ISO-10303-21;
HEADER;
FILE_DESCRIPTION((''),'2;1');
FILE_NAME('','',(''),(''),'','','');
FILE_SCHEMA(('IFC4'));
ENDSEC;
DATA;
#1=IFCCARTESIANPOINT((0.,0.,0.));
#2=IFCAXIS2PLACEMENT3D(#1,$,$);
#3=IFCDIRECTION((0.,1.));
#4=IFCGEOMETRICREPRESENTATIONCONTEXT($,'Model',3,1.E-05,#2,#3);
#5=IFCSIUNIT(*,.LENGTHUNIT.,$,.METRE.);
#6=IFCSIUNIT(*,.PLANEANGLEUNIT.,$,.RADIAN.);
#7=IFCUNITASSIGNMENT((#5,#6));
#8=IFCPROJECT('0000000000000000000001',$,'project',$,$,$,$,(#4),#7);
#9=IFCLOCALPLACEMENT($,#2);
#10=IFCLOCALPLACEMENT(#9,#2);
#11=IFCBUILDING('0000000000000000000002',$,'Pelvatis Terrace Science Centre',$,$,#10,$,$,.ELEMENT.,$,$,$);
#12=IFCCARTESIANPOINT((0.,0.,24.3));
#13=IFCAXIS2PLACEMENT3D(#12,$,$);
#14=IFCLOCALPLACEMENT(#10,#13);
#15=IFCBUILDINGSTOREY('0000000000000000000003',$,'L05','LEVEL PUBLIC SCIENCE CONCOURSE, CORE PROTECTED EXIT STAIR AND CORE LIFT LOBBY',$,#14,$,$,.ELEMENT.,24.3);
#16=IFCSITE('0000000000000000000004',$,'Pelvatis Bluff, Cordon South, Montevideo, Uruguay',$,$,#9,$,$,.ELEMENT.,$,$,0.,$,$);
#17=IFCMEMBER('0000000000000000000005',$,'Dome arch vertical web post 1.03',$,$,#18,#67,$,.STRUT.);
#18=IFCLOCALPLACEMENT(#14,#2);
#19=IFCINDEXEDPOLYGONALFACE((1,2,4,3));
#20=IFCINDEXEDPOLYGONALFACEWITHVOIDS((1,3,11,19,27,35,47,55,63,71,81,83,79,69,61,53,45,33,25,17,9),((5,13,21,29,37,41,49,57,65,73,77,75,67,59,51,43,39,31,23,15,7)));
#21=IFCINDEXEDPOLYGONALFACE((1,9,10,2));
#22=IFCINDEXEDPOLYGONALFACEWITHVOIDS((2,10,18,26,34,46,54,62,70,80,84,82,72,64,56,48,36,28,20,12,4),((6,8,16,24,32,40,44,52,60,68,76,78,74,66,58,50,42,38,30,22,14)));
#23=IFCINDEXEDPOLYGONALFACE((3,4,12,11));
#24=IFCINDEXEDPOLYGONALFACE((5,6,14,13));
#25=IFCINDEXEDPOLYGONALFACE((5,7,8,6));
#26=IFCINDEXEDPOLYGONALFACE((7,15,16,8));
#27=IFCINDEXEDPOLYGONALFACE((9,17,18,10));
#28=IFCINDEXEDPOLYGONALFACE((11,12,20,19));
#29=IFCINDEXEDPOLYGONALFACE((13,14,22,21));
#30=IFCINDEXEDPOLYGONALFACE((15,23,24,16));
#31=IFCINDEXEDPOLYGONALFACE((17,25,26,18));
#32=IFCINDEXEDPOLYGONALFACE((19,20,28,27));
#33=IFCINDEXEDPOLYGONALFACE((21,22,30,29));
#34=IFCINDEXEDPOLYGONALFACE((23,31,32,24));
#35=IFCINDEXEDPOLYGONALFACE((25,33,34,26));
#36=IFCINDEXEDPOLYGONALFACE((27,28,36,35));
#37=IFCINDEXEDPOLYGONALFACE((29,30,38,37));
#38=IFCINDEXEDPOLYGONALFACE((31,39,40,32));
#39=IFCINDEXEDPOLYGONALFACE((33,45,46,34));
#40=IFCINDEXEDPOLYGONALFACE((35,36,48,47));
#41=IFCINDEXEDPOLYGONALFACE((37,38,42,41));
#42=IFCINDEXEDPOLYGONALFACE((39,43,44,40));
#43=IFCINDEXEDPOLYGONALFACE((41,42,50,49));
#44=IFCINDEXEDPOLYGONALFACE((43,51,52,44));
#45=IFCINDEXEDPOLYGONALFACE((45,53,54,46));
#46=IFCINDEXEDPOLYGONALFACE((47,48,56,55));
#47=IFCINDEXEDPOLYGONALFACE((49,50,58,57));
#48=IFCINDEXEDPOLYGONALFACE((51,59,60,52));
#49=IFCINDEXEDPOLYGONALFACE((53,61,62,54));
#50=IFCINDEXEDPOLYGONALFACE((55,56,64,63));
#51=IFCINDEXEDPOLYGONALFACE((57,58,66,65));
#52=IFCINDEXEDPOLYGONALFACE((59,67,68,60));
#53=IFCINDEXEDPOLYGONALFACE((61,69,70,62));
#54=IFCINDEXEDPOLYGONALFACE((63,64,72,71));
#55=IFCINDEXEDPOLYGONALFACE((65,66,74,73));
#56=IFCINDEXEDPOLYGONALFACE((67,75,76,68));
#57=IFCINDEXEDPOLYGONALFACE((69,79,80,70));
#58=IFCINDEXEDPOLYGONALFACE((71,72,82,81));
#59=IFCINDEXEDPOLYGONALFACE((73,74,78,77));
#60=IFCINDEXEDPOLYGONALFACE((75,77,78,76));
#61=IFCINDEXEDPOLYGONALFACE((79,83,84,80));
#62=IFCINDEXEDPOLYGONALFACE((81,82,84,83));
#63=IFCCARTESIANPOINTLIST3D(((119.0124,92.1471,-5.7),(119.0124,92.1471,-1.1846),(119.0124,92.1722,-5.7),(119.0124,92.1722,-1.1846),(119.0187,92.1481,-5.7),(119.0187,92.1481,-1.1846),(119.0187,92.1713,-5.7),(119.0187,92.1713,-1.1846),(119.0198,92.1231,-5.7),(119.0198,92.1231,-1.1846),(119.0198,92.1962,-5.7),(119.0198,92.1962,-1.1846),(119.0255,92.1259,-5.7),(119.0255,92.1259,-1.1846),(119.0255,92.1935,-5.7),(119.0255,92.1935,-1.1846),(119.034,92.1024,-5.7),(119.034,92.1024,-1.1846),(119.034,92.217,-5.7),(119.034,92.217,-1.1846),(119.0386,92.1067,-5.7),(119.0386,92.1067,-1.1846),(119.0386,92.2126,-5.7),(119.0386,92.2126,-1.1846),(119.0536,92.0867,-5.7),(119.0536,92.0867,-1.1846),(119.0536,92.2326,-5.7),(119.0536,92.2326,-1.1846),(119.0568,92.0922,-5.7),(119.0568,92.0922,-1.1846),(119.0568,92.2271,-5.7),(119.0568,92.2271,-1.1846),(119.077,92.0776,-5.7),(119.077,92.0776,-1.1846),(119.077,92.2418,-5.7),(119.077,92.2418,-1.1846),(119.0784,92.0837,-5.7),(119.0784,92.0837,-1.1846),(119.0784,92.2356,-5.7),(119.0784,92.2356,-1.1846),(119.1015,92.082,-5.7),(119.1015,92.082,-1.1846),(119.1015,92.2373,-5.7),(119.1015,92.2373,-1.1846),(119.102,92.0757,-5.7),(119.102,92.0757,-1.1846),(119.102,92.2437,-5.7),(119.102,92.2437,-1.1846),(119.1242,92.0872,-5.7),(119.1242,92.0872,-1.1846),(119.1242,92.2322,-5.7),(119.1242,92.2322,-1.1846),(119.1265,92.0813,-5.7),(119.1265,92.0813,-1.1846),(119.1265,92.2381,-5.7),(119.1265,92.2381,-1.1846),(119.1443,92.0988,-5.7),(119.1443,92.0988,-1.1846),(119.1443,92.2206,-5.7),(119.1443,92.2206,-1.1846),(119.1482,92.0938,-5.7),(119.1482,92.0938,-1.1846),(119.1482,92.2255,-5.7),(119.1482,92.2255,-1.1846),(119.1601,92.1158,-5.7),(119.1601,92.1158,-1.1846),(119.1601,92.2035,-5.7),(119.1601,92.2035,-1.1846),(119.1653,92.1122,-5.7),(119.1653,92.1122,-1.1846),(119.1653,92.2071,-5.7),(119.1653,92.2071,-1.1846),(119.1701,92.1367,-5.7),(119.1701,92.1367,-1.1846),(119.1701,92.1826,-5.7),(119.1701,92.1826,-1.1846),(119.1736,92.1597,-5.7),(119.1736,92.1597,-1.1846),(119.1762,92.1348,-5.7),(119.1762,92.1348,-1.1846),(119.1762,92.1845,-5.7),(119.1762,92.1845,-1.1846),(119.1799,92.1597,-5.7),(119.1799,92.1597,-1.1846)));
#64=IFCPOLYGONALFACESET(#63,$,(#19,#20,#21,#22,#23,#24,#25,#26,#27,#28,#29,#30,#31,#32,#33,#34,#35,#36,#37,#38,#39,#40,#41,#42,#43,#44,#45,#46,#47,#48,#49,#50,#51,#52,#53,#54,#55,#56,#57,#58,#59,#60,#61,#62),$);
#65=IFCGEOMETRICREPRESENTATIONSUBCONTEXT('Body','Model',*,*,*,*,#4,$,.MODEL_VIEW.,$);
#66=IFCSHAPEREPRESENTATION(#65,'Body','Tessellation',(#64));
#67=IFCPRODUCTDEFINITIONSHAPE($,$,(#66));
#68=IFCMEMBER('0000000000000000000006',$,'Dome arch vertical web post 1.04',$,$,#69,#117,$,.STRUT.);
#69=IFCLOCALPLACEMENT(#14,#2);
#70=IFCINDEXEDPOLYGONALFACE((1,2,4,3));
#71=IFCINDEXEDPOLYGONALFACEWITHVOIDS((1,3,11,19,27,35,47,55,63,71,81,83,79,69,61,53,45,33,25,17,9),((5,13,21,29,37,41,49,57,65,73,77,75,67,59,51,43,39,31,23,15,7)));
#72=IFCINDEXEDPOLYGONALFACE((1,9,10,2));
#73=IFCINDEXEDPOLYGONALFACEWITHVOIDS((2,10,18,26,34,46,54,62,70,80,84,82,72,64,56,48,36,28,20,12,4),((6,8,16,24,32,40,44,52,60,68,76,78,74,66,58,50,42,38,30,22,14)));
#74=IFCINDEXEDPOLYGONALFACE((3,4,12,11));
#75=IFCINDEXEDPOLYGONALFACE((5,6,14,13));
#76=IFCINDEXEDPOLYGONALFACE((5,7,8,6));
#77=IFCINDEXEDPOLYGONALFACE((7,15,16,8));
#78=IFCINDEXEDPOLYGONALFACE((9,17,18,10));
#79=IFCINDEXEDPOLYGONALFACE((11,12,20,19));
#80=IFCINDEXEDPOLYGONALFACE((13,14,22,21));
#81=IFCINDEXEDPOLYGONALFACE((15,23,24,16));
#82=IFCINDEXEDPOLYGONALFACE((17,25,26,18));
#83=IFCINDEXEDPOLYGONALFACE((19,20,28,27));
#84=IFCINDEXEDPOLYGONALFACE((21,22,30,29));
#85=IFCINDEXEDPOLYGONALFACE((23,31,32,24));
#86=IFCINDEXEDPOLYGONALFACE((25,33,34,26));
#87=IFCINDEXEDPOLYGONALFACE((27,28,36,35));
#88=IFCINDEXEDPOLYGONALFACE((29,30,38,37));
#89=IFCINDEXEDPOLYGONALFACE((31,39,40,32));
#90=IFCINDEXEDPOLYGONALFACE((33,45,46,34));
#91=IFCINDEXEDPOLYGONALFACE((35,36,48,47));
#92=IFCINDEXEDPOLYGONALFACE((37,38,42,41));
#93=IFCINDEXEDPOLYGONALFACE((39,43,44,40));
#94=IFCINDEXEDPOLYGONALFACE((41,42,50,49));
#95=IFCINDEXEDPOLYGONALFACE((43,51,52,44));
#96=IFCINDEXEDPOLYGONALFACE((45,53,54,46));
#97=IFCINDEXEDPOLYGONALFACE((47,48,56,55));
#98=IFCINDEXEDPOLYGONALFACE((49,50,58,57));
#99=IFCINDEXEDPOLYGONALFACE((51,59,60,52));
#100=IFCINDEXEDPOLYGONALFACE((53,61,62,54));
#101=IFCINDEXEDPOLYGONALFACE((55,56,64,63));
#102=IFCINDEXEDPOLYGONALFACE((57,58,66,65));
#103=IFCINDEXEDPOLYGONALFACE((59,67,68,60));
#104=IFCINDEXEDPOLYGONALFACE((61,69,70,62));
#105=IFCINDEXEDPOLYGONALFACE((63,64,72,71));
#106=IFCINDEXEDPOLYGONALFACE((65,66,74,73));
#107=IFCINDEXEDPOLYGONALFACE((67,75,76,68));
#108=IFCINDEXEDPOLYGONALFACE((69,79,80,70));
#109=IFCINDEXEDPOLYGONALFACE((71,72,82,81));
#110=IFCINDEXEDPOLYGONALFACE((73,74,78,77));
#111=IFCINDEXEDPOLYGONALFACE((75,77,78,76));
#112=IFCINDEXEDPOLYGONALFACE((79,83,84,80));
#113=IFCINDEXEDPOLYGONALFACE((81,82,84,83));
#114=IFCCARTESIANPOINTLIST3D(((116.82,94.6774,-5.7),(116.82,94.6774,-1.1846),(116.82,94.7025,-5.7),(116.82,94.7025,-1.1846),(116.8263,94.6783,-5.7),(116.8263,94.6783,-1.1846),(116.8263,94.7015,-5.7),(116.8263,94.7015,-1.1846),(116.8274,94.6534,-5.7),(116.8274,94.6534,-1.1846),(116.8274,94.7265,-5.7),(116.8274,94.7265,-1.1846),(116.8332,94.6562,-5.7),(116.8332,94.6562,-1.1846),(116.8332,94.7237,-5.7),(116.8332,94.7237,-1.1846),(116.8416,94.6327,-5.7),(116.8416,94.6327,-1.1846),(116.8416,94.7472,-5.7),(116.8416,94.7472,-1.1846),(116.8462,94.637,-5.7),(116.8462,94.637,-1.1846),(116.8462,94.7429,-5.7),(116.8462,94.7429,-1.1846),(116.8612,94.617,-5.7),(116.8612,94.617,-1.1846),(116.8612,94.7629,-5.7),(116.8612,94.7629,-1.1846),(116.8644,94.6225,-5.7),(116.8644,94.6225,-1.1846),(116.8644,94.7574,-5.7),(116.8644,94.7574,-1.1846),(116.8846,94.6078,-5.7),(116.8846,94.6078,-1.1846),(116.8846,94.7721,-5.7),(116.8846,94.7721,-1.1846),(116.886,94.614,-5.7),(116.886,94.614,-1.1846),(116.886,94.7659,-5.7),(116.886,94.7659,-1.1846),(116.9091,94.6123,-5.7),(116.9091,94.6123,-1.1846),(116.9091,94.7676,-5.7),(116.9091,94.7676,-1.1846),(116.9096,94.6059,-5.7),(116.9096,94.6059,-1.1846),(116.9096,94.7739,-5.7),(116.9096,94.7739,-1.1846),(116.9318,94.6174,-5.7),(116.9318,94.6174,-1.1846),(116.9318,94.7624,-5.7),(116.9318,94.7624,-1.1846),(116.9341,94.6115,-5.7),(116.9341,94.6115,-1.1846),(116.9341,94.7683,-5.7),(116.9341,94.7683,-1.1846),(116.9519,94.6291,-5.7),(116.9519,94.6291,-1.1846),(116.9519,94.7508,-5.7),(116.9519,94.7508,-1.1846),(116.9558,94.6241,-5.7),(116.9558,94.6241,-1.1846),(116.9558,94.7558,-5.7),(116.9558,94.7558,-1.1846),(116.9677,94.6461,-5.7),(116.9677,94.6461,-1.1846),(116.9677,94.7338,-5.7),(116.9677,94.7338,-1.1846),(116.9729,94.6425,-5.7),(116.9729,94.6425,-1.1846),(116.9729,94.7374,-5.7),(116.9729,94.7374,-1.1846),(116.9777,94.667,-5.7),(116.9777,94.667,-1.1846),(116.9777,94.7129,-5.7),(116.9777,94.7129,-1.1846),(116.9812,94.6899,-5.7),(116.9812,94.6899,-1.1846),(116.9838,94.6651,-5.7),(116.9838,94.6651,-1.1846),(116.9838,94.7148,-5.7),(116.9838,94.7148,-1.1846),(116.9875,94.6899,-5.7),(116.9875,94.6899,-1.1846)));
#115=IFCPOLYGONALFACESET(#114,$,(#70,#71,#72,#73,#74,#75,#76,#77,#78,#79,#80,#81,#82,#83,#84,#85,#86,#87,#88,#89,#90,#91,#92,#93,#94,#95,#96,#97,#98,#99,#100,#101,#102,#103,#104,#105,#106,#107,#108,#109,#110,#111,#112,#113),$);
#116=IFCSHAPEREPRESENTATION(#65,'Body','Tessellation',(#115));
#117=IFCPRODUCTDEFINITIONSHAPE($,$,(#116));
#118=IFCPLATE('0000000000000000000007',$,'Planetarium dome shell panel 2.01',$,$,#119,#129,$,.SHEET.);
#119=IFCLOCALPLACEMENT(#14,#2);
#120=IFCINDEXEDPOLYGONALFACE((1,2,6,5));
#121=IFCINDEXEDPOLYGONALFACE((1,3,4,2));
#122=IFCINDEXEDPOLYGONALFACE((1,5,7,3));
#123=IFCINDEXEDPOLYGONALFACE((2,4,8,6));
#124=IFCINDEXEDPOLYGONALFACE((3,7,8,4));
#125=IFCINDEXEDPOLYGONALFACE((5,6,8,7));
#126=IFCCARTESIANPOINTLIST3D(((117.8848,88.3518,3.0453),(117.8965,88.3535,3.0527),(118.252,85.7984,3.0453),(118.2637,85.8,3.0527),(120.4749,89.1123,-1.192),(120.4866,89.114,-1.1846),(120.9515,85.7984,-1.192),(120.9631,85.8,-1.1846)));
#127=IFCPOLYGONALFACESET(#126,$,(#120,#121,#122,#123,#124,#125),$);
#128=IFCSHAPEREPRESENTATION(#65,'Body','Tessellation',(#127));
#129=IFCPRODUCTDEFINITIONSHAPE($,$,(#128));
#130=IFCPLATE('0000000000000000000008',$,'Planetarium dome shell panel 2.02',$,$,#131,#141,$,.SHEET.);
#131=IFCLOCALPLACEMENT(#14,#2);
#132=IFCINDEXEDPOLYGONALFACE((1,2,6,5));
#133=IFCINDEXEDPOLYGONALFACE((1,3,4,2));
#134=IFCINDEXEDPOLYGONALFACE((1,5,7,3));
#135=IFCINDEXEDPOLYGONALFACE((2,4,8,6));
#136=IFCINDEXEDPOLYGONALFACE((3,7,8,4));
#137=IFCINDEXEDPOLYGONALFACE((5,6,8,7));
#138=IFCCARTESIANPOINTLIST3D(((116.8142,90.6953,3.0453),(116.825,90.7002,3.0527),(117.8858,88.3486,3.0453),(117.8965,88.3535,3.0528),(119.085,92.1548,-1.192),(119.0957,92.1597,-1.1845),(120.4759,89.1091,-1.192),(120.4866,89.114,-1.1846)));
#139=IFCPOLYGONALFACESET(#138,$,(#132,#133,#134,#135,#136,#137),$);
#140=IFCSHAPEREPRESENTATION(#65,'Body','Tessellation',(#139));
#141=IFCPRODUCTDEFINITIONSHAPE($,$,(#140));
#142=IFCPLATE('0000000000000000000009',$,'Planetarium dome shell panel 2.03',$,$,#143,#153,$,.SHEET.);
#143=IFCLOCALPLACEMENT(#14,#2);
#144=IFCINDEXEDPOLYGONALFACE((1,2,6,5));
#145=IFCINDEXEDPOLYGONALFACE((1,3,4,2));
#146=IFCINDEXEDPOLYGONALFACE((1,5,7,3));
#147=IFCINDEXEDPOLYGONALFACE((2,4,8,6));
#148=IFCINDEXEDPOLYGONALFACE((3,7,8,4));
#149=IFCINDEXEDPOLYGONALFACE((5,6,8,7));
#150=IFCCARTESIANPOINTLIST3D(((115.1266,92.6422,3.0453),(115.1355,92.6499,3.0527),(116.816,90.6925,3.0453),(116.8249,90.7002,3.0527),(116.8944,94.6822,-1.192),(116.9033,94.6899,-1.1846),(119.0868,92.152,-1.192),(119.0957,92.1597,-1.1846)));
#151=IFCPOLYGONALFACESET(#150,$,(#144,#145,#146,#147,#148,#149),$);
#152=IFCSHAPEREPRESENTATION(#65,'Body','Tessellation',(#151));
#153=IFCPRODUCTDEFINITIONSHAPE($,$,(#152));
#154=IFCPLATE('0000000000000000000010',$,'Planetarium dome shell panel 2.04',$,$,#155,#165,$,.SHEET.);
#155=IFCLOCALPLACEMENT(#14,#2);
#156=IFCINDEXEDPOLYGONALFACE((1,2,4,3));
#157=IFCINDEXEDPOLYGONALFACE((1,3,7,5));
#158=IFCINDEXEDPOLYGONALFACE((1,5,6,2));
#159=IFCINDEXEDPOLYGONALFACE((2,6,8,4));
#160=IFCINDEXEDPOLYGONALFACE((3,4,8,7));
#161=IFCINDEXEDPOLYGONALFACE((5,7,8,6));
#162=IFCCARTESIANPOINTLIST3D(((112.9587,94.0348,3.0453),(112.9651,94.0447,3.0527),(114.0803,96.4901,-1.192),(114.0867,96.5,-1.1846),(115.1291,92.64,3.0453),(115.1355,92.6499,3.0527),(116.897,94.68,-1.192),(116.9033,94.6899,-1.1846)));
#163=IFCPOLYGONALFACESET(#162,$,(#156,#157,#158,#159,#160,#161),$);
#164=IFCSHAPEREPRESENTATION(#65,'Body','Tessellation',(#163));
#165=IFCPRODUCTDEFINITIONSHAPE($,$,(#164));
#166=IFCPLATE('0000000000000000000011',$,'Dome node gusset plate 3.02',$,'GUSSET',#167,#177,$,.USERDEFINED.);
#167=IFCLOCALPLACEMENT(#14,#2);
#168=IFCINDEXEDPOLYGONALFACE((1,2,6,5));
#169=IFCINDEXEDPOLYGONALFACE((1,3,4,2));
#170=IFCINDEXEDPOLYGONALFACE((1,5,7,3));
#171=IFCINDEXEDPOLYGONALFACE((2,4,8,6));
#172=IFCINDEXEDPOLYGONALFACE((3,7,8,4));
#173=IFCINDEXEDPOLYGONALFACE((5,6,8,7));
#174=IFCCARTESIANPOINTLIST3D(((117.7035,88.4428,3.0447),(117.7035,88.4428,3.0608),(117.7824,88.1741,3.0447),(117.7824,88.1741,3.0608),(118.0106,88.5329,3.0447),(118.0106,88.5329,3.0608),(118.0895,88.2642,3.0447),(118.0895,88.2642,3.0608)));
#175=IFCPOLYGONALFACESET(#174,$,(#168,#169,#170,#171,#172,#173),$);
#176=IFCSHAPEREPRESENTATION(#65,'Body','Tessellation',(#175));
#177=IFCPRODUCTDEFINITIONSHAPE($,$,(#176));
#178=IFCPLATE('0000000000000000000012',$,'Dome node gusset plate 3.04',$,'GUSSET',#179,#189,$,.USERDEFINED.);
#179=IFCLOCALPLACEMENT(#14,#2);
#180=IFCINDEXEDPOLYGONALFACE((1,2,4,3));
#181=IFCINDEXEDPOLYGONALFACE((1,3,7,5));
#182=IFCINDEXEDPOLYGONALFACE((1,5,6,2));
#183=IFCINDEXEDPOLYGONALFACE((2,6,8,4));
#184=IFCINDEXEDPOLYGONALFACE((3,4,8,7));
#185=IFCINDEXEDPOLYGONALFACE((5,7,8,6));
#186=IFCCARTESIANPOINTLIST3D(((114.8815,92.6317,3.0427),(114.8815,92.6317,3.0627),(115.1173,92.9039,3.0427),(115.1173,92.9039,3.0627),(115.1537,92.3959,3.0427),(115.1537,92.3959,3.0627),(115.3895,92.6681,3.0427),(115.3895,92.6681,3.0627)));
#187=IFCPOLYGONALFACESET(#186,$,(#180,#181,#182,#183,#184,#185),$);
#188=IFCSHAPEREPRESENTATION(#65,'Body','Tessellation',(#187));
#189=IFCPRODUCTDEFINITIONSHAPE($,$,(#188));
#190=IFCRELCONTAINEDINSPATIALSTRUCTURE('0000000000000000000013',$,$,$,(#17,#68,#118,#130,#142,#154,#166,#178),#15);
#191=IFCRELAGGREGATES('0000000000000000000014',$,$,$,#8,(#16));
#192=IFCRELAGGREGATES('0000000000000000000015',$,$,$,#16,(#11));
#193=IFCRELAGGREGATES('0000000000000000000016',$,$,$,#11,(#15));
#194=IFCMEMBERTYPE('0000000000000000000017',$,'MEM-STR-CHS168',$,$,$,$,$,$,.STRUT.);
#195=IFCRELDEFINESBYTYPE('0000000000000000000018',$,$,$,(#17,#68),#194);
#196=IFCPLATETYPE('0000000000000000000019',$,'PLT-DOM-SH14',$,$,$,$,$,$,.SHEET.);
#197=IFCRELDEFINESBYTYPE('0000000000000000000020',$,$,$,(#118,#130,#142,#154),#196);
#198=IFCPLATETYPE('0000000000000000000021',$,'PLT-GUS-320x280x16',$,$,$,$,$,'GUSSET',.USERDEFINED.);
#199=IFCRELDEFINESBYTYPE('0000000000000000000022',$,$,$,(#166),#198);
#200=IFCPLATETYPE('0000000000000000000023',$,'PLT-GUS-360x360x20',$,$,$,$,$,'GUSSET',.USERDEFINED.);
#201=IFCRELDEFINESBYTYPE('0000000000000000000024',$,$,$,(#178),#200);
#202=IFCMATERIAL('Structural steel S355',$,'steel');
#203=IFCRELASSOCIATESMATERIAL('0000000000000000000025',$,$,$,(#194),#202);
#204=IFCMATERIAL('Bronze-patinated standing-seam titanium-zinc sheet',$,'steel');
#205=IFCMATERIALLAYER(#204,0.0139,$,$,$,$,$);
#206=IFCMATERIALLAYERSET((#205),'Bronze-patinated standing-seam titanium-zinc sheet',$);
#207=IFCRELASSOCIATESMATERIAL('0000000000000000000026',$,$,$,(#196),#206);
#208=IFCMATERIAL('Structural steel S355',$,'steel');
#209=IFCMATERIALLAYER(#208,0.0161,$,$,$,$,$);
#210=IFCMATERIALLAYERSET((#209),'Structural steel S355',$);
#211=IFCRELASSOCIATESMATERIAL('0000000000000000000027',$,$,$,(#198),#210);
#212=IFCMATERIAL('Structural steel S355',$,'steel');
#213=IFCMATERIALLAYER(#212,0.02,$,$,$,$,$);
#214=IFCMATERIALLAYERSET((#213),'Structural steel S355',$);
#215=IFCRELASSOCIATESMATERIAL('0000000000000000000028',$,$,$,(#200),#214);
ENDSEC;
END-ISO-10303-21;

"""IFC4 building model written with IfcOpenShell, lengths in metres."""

from ifc_helpers import new_model, si_unit, direction, frame, origin, origin_2d, place, context, subcontext, project, spatial, polyline, rectangle, hollow_circle, outline, extrude, material, layer, layer_set, material_profile, profile_set, type_object, element, save


model = new_model("IFC4")

# Units and contexts
model_context = context("Model", 3, precision=1e-05, world=origin(), true_north=direction((0.0, 1.0)))
body_context = subcontext(model_context, "Body", "Model", "MODEL_VIEW")
ifc_project = project(units=[si_unit("LENGTHUNIT", "METRE"), si_unit("PLANEANGLEUNIT", "RADIAN")], contexts=[model_context])

# Site, building, storey
site_placement = place(None, origin())
site = spatial("IfcSite", under=ifc_project, at=site_placement, Name="Pelvatis Bluff, Cordon South, Montevideo, Uruguay", CompositionType="ELEMENT", RefElevation=0.0)
building_placement = place(site_placement, origin())
building = spatial("IfcBuilding", under=site, at=building_placement, Name="Pelvatis Terrace Science Centre", CompositionType="ELEMENT")
storey_placement = place(building_placement, frame((0.0, 0.0, 24.3)))
storey = spatial("IfcBuildingStorey", under=building, at=storey_placement, Name="L05", Description="LEVEL PUBLIC SCIENCE CONCOURSE, CORE PROTECTED EXIT STAIR AND CORE LIFT LOBBY", CompositionType="ELEMENT", Elevation=24.3)

# Members
ifc_material_1 = material(Name="Structural steel S355", Category="steel")
ifc_material_profile_1 = material_profile(ifc_material_1, hollow_circle(Radius=0.0842, WallThickness=0.0063, at=origin_2d()), Name="CHS 168.3x6.3")
ifc_profile_set_1 = profile_set([ifc_material_profile_1], Name="Structural steel S355")
member_type_1 = type_object("IfcMemberType", Name="MEM-STR-CHS168", PredefinedType="STRUT", material=ifc_profile_set_1)
for number, where, z_axis, x_axis, name in (
    (1, (119.0957, 92.1597, -5.7), (0.0, 0.0, 1.0), (1.0, 0.0, 0.0), "Dome arch vertical web post 1.03"),
    (2, (116.9033, 94.6899, -5.7), (0.0, 0.0, 1.0), (1.0, 0.0, 0.0), "Dome arch vertical web post 1.04"),
):
    element("IfcMember", number, at=place(storey_placement, frame(where, z_axis=z_axis, x_axis=x_axis)), inside=storey, type_object=member_type_1, Name=name, PredefinedType="STRUT", context=body_context, shape_type="SweptSolid", body=[
        extrude(hollow_circle(Radius=0.0842, WallThickness=0.0063, at=origin_2d()), origin(), (0.0, 0.0, 1.0), 4.5154),
    ])

# Plates
ifc_material_2 = material(Name="Bronze-patinated standing-seam titanium-zinc sheet", Category="steel")
ifc_layer_1 = layer(ifc_material_2, 0.0139)
ifc_layer_set_1 = layer_set([ifc_layer_1], Name="Bronze-patinated standing-seam titanium-zinc sheet")
plate_type_1 = type_object("IfcPlateType", Name="PLT-DOM-SH14", PredefinedType="SHEET", material=ifc_layer_set_1)
plate_1_placement = place(storey_placement, frame((120.9631, 85.8, -1.1846), z_axis=(0.837257, 0.120399, 0.53339), x_axis=(-0.142339, 0.989818, 0.000001)))
element("IfcPlate", 3, at=plate_1_placement, inside=storey, type_object=plate_type_1, Name="Planetarium dome shell panel 2.01", PredefinedType="SHEET", context=body_context, shape_type="SweptSolid", body=[
    extrude(outline(polyline([(0.0, 0.0), (3.3481, 0.0), (2.964, 5.0094), (0.3842, 5.0094), (0.0, 0.0)])), origin(), (0.0, 0.0, -1.0), 0.0139),
])
plate_2_placement = place(storey_placement, frame((120.4866, 89.114, -1.1846), z_axis=(0.769447, 0.351367, 0.533379), x_axis=(-0.415393, 0.909642, 0.000009)))
element("IfcPlate", 4, at=plate_2_placement, inside=storey, type_object=plate_type_1, Name="Planetarium dome shell panel 2.02", PredefinedType="SHEET", context=body_context, shape_type="SweptSolid", body=[
    extrude(outline(polyline([(0.0, 0.0), (3.3482, 0.0), (2.9639, 5.0093), (0.3842, 5.0094), (0.0, 0.0)])), origin(), (0.0, 0.0, -1.0), 0.0139),
])
plate_3_placement = place(storey_placement, frame((119.0957, 92.1597, -1.1846), z_axis=(0.639275, 0.553922, 0.533383), x_axis=(-0.654849, 0.75576, -0.000006)))
element("IfcPlate", 5, at=plate_3_placement, inside=storey, type_object=plate_type_1, Name="Planetarium dome shell panel 2.03", PredefinedType="SHEET", context=body_context, shape_type="SweptSolid", body=[
    extrude(outline(polyline([(0.0, 0.0), (3.348, 0.0), (2.9638, 5.0094), (0.384, 5.0094), (0.0, 0.0)])), origin(), (0.0, 0.0, -1.0), 0.0139),
])
plate_4_placement = place(storey_placement, frame((116.9033, 94.6899, -1.1846), z_axis=(0.457298, 0.711603, 0.533385), x_axis=(-0.841266, 0.540622, 0.000001)))
element("IfcPlate", 6, at=plate_4_placement, inside=storey, type_object=plate_type_1, Name="Planetarium dome shell panel 2.04", PredefinedType="SHEET", context=body_context, shape_type="SweptSolid", body=[
    extrude(outline(polyline([(0.0, 0.0), (3.3481, 0.0), (2.9643, 5.0094), (0.3843, 5.0094), (0.0, 0.0)])), origin(), (0.0, 0.0, -1.0), 0.0139),
])
ifc_material_3 = material(Name="Structural steel S355", Category="steel")
ifc_layer_2 = layer(ifc_material_3, 0.0161)
ifc_layer_set_2 = layer_set([ifc_layer_2], Name="Structural steel S355")
plate_type_2 = type_object("IfcPlateType", Name="PLT-GUS-320x280x16", ElementType="GUSSET", PredefinedType="USERDEFINED", material=ifc_layer_set_2)
plate_5_placement = place(storey_placement, frame((117.8965, 88.3535, 3.0447), z_axis=(0.0, 0.0, 1.0), x_axis=(0.959511, 0.281672, 0.0)))
element("IfcPlate", 7, at=plate_5_placement, inside=storey, type_object=plate_type_2, Name="Dome node gusset plate 3.02", ObjectType="GUSSET", PredefinedType="USERDEFINED", context=body_context, shape_type="SweptSolid", body=[
    extrude(rectangle(XDim=0.3201, YDim=0.28, at=origin_2d()), origin(), (0.0, 0.0, 1.0), 0.0161),
])
ifc_material_4 = material(Name="Structural steel S355", Category="steel")
ifc_layer_3 = layer(ifc_material_4, 0.02)
ifc_layer_set_3 = layer_set([ifc_layer_3], Name="Structural steel S355")
plate_type_3 = type_object("IfcPlateType", Name="PLT-GUS-360x360x20", ElementType="GUSSET", PredefinedType="USERDEFINED", material=ifc_layer_set_3)
plate_6_placement = place(storey_placement, frame((115.1355, 92.6499, 3.0427), z_axis=(0.0, 0.0, 1.0), x_axis=(0.654873, 0.755739, 0.0)))
element("IfcPlate", 8, at=plate_6_placement, inside=storey, type_object=plate_type_3, Name="Dome node gusset plate 3.04", ObjectType="GUSSET", PredefinedType="USERDEFINED", context=body_context, shape_type="SweptSolid", body=[
    extrude(rectangle(XDim=0.3601, YDim=0.3601, at=origin_2d()), origin(), (0.0, 0.0, 1.0), 0.02),
])

save(model, "model.ifc")
